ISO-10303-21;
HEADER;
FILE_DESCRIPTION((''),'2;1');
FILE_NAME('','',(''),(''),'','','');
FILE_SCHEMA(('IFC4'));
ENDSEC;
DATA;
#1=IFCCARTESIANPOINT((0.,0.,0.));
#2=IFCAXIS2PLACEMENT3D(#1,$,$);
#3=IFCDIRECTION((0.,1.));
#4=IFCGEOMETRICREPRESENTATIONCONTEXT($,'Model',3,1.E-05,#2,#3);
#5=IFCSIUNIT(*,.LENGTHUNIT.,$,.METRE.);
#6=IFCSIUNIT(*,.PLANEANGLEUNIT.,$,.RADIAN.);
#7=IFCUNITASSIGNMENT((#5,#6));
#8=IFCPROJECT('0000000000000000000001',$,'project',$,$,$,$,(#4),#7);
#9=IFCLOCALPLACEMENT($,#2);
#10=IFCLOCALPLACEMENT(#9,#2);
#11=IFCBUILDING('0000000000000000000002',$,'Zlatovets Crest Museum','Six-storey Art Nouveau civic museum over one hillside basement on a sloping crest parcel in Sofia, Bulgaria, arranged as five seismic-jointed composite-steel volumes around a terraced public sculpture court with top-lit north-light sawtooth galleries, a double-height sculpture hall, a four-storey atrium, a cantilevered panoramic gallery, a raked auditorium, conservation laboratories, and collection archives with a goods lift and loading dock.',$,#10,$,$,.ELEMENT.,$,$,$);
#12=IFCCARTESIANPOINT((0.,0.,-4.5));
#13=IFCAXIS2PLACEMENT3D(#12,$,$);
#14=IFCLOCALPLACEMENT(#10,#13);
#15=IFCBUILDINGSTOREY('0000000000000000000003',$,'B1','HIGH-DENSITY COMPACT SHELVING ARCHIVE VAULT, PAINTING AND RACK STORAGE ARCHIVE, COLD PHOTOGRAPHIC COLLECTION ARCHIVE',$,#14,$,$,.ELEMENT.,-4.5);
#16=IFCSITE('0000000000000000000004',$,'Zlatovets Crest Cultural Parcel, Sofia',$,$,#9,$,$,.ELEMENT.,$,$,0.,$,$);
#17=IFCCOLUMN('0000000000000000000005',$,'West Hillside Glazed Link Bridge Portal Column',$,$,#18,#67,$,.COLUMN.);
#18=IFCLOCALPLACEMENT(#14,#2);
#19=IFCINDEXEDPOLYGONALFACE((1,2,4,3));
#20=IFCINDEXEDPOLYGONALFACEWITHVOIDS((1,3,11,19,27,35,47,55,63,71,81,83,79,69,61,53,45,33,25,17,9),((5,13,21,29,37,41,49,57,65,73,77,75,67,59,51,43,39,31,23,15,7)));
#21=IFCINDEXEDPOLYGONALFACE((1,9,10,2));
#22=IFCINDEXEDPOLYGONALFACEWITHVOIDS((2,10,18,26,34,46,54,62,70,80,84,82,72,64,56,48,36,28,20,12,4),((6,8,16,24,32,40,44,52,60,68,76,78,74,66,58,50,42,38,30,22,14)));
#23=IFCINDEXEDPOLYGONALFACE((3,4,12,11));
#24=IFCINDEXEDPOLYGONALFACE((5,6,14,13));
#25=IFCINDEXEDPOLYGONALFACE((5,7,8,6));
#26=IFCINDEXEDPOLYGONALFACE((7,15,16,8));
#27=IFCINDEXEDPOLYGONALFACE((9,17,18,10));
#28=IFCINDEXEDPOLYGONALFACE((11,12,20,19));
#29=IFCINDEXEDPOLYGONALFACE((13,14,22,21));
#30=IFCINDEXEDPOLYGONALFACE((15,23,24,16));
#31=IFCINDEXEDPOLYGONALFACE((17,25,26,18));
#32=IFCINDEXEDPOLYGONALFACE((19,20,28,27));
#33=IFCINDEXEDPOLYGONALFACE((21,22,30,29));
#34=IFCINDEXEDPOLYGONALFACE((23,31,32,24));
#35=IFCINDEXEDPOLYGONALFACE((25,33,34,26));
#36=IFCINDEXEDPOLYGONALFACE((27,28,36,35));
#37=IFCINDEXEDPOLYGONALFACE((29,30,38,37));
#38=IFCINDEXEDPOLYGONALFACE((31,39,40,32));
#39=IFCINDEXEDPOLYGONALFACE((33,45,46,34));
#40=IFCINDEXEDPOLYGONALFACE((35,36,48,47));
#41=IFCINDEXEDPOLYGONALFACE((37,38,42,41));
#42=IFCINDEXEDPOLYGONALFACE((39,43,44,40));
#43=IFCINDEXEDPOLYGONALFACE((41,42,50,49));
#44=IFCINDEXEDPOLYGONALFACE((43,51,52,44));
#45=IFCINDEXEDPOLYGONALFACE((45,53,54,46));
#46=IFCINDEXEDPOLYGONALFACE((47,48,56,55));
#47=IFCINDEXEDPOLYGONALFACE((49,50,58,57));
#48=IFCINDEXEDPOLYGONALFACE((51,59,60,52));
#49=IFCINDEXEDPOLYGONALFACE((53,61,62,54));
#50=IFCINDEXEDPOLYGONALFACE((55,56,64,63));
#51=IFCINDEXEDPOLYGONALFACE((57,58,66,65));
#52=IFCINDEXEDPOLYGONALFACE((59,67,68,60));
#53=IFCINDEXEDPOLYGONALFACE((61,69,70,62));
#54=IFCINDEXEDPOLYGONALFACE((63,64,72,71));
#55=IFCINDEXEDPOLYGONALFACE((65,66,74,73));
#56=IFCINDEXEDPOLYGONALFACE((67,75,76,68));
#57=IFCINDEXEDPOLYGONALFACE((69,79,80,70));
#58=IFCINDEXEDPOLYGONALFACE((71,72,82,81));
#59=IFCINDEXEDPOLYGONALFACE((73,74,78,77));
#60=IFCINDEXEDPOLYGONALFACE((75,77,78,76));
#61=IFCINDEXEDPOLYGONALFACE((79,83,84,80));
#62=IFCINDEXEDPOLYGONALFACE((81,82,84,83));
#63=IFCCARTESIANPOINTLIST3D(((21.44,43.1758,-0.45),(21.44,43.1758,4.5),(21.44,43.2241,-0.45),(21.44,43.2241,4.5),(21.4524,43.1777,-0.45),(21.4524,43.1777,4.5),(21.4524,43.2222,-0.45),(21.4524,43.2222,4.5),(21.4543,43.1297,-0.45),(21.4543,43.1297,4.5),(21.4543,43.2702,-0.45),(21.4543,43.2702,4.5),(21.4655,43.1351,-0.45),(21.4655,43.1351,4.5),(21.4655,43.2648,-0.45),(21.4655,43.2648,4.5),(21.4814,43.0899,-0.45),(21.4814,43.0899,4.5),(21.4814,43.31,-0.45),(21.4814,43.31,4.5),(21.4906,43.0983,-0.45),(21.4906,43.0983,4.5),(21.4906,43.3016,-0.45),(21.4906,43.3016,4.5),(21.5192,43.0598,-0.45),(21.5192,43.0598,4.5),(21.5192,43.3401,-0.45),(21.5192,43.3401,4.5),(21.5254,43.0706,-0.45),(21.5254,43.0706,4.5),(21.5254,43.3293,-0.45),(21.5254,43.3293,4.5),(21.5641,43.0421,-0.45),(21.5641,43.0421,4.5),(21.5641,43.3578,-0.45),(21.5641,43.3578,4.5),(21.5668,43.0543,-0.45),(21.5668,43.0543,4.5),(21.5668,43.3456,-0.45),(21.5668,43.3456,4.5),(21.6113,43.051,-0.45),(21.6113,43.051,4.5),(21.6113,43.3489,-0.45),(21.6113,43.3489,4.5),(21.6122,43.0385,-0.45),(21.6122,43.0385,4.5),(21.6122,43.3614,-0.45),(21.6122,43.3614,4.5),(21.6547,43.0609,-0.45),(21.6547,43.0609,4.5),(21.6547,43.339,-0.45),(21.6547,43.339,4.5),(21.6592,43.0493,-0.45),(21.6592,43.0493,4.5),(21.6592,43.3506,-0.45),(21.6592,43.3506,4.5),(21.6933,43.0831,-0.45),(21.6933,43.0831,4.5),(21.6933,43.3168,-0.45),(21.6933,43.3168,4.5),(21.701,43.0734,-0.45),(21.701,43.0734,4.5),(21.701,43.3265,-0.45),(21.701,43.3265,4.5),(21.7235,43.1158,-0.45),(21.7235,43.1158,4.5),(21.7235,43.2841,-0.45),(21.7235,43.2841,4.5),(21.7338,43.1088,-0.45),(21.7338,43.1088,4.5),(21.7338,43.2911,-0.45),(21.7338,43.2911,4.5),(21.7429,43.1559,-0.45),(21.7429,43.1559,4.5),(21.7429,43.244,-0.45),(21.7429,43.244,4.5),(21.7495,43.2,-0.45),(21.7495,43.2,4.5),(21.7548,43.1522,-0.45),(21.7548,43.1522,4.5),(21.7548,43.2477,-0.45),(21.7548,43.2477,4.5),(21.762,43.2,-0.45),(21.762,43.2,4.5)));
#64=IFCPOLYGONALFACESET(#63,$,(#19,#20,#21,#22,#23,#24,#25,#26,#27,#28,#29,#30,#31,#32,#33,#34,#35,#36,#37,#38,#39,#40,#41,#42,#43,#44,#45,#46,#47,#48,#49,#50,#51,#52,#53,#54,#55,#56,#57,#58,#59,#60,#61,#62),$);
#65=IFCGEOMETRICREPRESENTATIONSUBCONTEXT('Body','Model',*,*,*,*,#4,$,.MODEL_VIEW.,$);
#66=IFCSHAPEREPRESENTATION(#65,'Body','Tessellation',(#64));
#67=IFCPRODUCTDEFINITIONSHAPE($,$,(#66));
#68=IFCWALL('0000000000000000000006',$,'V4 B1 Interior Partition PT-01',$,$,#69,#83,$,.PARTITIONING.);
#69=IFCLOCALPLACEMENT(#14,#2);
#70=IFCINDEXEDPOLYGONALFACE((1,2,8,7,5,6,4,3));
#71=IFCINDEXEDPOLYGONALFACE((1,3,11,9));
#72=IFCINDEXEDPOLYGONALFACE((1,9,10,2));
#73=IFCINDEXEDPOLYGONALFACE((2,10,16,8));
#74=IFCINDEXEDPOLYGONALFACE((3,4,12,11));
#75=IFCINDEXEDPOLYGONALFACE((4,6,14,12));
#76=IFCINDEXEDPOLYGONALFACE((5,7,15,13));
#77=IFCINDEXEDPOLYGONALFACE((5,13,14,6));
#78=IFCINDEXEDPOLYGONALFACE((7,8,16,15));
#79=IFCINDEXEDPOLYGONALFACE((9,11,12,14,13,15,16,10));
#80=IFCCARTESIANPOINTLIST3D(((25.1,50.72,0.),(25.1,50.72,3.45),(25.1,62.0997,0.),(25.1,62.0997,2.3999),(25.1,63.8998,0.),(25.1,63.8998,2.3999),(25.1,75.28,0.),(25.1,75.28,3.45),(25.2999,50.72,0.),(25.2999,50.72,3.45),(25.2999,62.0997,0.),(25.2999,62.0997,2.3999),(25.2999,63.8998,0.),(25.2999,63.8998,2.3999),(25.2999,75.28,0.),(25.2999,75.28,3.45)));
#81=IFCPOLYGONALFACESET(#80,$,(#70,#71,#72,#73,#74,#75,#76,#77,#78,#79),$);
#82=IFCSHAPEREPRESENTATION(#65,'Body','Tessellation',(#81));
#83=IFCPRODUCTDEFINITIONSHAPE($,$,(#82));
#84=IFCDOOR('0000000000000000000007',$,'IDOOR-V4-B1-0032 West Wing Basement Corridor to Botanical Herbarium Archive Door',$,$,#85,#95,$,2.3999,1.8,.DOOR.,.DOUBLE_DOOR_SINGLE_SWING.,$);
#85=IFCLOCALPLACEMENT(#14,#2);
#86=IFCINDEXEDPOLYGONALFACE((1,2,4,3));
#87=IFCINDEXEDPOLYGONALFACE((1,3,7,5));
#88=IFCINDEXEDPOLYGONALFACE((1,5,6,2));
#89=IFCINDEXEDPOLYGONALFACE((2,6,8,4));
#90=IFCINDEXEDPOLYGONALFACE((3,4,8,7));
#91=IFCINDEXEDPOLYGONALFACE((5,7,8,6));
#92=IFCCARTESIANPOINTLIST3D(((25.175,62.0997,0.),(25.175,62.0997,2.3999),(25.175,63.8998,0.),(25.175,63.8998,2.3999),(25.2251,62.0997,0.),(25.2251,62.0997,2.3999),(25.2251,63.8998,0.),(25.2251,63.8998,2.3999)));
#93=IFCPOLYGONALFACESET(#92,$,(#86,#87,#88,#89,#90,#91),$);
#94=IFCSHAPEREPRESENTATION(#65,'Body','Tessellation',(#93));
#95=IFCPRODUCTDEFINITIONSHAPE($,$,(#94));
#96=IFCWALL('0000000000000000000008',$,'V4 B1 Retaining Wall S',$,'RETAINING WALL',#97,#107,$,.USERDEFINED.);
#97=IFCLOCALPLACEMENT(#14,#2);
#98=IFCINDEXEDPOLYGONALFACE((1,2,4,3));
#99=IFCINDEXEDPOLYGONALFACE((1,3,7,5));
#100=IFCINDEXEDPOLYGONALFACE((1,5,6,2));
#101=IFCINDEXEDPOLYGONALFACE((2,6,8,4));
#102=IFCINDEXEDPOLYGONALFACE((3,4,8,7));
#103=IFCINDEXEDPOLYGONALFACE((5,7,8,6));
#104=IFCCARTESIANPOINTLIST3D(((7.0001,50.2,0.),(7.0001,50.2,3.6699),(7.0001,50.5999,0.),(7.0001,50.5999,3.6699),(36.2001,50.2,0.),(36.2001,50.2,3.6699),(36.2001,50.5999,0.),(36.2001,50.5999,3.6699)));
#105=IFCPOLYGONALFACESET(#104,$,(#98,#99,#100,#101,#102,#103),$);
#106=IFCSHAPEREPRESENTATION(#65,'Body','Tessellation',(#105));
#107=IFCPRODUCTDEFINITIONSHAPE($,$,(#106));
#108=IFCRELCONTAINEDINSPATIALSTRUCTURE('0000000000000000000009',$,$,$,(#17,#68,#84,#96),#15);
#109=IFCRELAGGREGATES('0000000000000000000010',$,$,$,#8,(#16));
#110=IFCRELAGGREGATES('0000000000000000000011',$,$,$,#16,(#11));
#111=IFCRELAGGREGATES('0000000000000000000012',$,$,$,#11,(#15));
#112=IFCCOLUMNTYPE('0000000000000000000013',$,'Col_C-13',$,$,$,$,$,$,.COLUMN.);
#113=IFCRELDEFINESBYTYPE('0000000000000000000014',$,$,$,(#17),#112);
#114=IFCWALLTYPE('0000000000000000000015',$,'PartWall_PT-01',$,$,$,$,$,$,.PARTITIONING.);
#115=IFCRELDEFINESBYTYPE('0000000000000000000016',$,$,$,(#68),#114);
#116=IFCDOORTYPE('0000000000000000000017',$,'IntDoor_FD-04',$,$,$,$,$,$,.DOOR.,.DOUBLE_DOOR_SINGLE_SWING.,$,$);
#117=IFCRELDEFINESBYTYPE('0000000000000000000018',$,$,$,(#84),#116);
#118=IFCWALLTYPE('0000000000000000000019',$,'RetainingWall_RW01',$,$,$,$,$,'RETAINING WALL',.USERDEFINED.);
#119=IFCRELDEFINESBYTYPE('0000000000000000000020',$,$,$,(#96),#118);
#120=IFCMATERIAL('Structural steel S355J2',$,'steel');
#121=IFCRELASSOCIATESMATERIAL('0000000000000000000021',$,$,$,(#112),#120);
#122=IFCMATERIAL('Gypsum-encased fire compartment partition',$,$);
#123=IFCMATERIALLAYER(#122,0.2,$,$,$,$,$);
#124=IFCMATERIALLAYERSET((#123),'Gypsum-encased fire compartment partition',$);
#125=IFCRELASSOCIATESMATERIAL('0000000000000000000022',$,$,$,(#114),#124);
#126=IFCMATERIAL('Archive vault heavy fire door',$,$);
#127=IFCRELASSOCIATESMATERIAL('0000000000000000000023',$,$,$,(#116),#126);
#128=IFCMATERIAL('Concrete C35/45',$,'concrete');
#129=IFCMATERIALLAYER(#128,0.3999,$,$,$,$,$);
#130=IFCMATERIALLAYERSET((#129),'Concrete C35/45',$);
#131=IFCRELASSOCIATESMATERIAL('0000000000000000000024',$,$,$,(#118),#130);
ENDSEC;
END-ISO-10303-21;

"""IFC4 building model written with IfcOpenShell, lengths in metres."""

from ifc_helpers import new_model, si_unit, direction, frame, frame_2d, origin, origin_2d, place, context, subcontext, project, spatial, rectangle, hollow_circle, extrude, material, layer, layer_set, material_profile, profile_set, type_object, element, fill, save


model = new_model("IFC4")

# Units and contexts
model_context = context("Model", 3, precision=1e-05, world=origin(), true_north=direction((0.0, 1.0)))
body_context = subcontext(model_context, "Body", "Model", "MODEL_VIEW")
ifc_project = project(units=[si_unit("LENGTHUNIT", "METRE"), si_unit("PLANEANGLEUNIT", "RADIAN")], contexts=[model_context])

# Site, building, storey
site_placement = place(None, origin())
site = spatial("IfcSite", under=ifc_project, at=site_placement, Name="Zlatovets Crest Cultural Parcel, Sofia", CompositionType="ELEMENT", RefElevation=0.0)
building_placement = place(site_placement, origin())
building = spatial("IfcBuilding", under=site, at=building_placement, Name="Zlatovets Crest Museum", Description="Six-storey Art Nouveau civic museum over one hillside basement on a sloping crest parcel in Sofia, Bulgaria, arranged as five seismic-jointed composite-steel volumes around a terraced public sculpture court with top-lit north-light sawtooth galleries, a double-height sculpture hall, a four-storey atrium, a cantilevered panoramic gallery, a raked auditorium, conservation laboratories, and collection archives with a goods lift and loading dock.", CompositionType="ELEMENT")
storey_placement = place(building_placement, frame((0.0, 0.0, -4.5)))
storey = spatial("IfcBuildingStorey", under=building, at=storey_placement, Name="B1", Description="HIGH-DENSITY COMPACT SHELVING ARCHIVE VAULT, PAINTING AND RACK STORAGE ARCHIVE, COLD PHOTOGRAPHIC COLLECTION ARCHIVE", CompositionType="ELEMENT", Elevation=-4.5)

# Shared definitions
ifc_material_1 = material(Name="Concrete C35/45", Category="concrete")

# Column
ifc_material_2 = material(Name="Structural steel S355J2", Category="steel")
ifc_material_profile_1 = material_profile(ifc_material_2, hollow_circle(Radius=0.1619, WallThickness=0.0125, at=origin_2d()), Name="CHS 323.9x12.5")
ifc_profile_set_1 = profile_set([ifc_material_profile_1], Name="Structural steel S355J2")
column_type_1 = type_object("IfcColumnType", Name="Col_C-13", PredefinedType="COLUMN", material=ifc_profile_set_1)
for number, where, z_axis, x_axis, name in (
    (1, (21.6001, 43.2, -0.45), (0.0, 0.0, 1.0), (1.0, 0.0, 0.0), "West Hillside Glazed Link Bridge Portal Column"),
):
    element("IfcColumn", number, at=place(storey_placement, frame(where, z_axis=z_axis, x_axis=x_axis)), inside=storey, type_object=column_type_1, Name=name, PredefinedType="COLUMN", context=body_context, shape_type="SweptSolid", body=[
        extrude(hollow_circle(Radius=0.1619, WallThickness=0.0125, at=origin_2d()), origin(), (0.0, 0.0, 1.0), 4.95),
    ])

# Wall, opening, door
ifc_material_3 = material(Name="Gypsum-encased fire compartment partition")
ifc_layer_1 = layer(ifc_material_3, 0.2)
ifc_layer_set_1 = layer_set([ifc_layer_1], Name="Gypsum-encased fire compartment partition")
wall_type_1 = type_object("IfcWallType", Name="PartWall_PT-01", PredefinedType="PARTITIONING", material=ifc_layer_set_1)
wall_1_placement = place(storey_placement, frame((25.2, 50.72, 0.0), z_axis=(0.0, 0.0, 1.0), x_axis=(0.0, 1.0, 0.0)))
wall_1 = element("IfcWall", 2, at=wall_1_placement, inside=storey, type_object=wall_type_1, Name="V4 B1 Interior Partition PT-01", PredefinedType="PARTITIONING", context=body_context, shape_type="SweptSolid", body=[
    extrude(rectangle(XDim=24.5601, YDim=0.2, at=frame_2d((12.28, 0.0))), origin(), (0.0, 0.0, 1.0), 3.45),
])
opening_placement = place(wall_1_placement, frame((11.3799, 0.0, 0.0)))
opening = element("IfcOpeningElement", 3, at=opening_placement, cuts=wall_1, PredefinedType="OPENING", context=body_context, shape_type="SweptSolid", body=[
    extrude(rectangle(XDim=1.8, YDim=2.3999, at=frame_2d((0.8999, 1.2))), frame((0.0, 0.1099, 0.0), z_axis=(0.0, -1.0, 0.0), x_axis=(1.0, 0.0, 0.0)), (0.0, 0.0, 1.0), 0.22),
])
ifc_material_4 = material(Name="Archive vault heavy fire door")
door_type = type_object("IfcDoorType", Name="IntDoor_FD-04", OperationType="DOUBLE_DOOR_SINGLE_SWING", PredefinedType="DOOR", material=ifc_material_4)
door_placement = place(opening_placement, origin())
door = element("IfcDoor", 4, at=door_placement, inside=storey, type_object=door_type, Name="IDOOR-V4-B1-0032 West Wing Basement Corridor to Botanical Herbarium Archive Door", OperationType="DOUBLE_DOOR_SINGLE_SWING", OverallHeight=2.3999, OverallWidth=1.8, PredefinedType="DOOR", context=body_context, shape_type="SweptSolid", body=[
    extrude(rectangle(XDim=1.8, YDim=2.3999, at=frame_2d((0.8999, 1.2))), frame((0.0, 0.0249, 0.0), z_axis=(0.0, -1.0, 0.0), x_axis=(1.0, 0.0, 0.0)), (0.0, 0.0, 1.0), 0.05),
])
fill(opening, door)

# Wall
ifc_layer_2 = layer(ifc_material_1, 0.3999)
ifc_layer_set_2 = layer_set([ifc_layer_2], Name="Concrete C35/45")
wall_type_2 = type_object("IfcWallType", Name="RetainingWall_RW01", ElementType="RETAINING WALL", PredefinedType="USERDEFINED", material=ifc_layer_set_2)
wall_2_placement = place(storey_placement, frame((7.0, 50.3999, 0.0), z_axis=(0.0, 0.0, 1.0), x_axis=(1.0, 0.0, 0.0)))
element("IfcWall", 5, at=wall_2_placement, inside=storey, type_object=wall_type_2, Name="V4 B1 Retaining Wall S", ObjectType="RETAINING WALL", PredefinedType="USERDEFINED", context=body_context, shape_type="SweptSolid", body=[
    extrude(rectangle(XDim=29.2, YDim=0.3999, at=frame_2d((14.6001, 0.0))), origin(), (0.0, 0.0, 1.0), 3.6699),
])

save(model, "model.ifc")
